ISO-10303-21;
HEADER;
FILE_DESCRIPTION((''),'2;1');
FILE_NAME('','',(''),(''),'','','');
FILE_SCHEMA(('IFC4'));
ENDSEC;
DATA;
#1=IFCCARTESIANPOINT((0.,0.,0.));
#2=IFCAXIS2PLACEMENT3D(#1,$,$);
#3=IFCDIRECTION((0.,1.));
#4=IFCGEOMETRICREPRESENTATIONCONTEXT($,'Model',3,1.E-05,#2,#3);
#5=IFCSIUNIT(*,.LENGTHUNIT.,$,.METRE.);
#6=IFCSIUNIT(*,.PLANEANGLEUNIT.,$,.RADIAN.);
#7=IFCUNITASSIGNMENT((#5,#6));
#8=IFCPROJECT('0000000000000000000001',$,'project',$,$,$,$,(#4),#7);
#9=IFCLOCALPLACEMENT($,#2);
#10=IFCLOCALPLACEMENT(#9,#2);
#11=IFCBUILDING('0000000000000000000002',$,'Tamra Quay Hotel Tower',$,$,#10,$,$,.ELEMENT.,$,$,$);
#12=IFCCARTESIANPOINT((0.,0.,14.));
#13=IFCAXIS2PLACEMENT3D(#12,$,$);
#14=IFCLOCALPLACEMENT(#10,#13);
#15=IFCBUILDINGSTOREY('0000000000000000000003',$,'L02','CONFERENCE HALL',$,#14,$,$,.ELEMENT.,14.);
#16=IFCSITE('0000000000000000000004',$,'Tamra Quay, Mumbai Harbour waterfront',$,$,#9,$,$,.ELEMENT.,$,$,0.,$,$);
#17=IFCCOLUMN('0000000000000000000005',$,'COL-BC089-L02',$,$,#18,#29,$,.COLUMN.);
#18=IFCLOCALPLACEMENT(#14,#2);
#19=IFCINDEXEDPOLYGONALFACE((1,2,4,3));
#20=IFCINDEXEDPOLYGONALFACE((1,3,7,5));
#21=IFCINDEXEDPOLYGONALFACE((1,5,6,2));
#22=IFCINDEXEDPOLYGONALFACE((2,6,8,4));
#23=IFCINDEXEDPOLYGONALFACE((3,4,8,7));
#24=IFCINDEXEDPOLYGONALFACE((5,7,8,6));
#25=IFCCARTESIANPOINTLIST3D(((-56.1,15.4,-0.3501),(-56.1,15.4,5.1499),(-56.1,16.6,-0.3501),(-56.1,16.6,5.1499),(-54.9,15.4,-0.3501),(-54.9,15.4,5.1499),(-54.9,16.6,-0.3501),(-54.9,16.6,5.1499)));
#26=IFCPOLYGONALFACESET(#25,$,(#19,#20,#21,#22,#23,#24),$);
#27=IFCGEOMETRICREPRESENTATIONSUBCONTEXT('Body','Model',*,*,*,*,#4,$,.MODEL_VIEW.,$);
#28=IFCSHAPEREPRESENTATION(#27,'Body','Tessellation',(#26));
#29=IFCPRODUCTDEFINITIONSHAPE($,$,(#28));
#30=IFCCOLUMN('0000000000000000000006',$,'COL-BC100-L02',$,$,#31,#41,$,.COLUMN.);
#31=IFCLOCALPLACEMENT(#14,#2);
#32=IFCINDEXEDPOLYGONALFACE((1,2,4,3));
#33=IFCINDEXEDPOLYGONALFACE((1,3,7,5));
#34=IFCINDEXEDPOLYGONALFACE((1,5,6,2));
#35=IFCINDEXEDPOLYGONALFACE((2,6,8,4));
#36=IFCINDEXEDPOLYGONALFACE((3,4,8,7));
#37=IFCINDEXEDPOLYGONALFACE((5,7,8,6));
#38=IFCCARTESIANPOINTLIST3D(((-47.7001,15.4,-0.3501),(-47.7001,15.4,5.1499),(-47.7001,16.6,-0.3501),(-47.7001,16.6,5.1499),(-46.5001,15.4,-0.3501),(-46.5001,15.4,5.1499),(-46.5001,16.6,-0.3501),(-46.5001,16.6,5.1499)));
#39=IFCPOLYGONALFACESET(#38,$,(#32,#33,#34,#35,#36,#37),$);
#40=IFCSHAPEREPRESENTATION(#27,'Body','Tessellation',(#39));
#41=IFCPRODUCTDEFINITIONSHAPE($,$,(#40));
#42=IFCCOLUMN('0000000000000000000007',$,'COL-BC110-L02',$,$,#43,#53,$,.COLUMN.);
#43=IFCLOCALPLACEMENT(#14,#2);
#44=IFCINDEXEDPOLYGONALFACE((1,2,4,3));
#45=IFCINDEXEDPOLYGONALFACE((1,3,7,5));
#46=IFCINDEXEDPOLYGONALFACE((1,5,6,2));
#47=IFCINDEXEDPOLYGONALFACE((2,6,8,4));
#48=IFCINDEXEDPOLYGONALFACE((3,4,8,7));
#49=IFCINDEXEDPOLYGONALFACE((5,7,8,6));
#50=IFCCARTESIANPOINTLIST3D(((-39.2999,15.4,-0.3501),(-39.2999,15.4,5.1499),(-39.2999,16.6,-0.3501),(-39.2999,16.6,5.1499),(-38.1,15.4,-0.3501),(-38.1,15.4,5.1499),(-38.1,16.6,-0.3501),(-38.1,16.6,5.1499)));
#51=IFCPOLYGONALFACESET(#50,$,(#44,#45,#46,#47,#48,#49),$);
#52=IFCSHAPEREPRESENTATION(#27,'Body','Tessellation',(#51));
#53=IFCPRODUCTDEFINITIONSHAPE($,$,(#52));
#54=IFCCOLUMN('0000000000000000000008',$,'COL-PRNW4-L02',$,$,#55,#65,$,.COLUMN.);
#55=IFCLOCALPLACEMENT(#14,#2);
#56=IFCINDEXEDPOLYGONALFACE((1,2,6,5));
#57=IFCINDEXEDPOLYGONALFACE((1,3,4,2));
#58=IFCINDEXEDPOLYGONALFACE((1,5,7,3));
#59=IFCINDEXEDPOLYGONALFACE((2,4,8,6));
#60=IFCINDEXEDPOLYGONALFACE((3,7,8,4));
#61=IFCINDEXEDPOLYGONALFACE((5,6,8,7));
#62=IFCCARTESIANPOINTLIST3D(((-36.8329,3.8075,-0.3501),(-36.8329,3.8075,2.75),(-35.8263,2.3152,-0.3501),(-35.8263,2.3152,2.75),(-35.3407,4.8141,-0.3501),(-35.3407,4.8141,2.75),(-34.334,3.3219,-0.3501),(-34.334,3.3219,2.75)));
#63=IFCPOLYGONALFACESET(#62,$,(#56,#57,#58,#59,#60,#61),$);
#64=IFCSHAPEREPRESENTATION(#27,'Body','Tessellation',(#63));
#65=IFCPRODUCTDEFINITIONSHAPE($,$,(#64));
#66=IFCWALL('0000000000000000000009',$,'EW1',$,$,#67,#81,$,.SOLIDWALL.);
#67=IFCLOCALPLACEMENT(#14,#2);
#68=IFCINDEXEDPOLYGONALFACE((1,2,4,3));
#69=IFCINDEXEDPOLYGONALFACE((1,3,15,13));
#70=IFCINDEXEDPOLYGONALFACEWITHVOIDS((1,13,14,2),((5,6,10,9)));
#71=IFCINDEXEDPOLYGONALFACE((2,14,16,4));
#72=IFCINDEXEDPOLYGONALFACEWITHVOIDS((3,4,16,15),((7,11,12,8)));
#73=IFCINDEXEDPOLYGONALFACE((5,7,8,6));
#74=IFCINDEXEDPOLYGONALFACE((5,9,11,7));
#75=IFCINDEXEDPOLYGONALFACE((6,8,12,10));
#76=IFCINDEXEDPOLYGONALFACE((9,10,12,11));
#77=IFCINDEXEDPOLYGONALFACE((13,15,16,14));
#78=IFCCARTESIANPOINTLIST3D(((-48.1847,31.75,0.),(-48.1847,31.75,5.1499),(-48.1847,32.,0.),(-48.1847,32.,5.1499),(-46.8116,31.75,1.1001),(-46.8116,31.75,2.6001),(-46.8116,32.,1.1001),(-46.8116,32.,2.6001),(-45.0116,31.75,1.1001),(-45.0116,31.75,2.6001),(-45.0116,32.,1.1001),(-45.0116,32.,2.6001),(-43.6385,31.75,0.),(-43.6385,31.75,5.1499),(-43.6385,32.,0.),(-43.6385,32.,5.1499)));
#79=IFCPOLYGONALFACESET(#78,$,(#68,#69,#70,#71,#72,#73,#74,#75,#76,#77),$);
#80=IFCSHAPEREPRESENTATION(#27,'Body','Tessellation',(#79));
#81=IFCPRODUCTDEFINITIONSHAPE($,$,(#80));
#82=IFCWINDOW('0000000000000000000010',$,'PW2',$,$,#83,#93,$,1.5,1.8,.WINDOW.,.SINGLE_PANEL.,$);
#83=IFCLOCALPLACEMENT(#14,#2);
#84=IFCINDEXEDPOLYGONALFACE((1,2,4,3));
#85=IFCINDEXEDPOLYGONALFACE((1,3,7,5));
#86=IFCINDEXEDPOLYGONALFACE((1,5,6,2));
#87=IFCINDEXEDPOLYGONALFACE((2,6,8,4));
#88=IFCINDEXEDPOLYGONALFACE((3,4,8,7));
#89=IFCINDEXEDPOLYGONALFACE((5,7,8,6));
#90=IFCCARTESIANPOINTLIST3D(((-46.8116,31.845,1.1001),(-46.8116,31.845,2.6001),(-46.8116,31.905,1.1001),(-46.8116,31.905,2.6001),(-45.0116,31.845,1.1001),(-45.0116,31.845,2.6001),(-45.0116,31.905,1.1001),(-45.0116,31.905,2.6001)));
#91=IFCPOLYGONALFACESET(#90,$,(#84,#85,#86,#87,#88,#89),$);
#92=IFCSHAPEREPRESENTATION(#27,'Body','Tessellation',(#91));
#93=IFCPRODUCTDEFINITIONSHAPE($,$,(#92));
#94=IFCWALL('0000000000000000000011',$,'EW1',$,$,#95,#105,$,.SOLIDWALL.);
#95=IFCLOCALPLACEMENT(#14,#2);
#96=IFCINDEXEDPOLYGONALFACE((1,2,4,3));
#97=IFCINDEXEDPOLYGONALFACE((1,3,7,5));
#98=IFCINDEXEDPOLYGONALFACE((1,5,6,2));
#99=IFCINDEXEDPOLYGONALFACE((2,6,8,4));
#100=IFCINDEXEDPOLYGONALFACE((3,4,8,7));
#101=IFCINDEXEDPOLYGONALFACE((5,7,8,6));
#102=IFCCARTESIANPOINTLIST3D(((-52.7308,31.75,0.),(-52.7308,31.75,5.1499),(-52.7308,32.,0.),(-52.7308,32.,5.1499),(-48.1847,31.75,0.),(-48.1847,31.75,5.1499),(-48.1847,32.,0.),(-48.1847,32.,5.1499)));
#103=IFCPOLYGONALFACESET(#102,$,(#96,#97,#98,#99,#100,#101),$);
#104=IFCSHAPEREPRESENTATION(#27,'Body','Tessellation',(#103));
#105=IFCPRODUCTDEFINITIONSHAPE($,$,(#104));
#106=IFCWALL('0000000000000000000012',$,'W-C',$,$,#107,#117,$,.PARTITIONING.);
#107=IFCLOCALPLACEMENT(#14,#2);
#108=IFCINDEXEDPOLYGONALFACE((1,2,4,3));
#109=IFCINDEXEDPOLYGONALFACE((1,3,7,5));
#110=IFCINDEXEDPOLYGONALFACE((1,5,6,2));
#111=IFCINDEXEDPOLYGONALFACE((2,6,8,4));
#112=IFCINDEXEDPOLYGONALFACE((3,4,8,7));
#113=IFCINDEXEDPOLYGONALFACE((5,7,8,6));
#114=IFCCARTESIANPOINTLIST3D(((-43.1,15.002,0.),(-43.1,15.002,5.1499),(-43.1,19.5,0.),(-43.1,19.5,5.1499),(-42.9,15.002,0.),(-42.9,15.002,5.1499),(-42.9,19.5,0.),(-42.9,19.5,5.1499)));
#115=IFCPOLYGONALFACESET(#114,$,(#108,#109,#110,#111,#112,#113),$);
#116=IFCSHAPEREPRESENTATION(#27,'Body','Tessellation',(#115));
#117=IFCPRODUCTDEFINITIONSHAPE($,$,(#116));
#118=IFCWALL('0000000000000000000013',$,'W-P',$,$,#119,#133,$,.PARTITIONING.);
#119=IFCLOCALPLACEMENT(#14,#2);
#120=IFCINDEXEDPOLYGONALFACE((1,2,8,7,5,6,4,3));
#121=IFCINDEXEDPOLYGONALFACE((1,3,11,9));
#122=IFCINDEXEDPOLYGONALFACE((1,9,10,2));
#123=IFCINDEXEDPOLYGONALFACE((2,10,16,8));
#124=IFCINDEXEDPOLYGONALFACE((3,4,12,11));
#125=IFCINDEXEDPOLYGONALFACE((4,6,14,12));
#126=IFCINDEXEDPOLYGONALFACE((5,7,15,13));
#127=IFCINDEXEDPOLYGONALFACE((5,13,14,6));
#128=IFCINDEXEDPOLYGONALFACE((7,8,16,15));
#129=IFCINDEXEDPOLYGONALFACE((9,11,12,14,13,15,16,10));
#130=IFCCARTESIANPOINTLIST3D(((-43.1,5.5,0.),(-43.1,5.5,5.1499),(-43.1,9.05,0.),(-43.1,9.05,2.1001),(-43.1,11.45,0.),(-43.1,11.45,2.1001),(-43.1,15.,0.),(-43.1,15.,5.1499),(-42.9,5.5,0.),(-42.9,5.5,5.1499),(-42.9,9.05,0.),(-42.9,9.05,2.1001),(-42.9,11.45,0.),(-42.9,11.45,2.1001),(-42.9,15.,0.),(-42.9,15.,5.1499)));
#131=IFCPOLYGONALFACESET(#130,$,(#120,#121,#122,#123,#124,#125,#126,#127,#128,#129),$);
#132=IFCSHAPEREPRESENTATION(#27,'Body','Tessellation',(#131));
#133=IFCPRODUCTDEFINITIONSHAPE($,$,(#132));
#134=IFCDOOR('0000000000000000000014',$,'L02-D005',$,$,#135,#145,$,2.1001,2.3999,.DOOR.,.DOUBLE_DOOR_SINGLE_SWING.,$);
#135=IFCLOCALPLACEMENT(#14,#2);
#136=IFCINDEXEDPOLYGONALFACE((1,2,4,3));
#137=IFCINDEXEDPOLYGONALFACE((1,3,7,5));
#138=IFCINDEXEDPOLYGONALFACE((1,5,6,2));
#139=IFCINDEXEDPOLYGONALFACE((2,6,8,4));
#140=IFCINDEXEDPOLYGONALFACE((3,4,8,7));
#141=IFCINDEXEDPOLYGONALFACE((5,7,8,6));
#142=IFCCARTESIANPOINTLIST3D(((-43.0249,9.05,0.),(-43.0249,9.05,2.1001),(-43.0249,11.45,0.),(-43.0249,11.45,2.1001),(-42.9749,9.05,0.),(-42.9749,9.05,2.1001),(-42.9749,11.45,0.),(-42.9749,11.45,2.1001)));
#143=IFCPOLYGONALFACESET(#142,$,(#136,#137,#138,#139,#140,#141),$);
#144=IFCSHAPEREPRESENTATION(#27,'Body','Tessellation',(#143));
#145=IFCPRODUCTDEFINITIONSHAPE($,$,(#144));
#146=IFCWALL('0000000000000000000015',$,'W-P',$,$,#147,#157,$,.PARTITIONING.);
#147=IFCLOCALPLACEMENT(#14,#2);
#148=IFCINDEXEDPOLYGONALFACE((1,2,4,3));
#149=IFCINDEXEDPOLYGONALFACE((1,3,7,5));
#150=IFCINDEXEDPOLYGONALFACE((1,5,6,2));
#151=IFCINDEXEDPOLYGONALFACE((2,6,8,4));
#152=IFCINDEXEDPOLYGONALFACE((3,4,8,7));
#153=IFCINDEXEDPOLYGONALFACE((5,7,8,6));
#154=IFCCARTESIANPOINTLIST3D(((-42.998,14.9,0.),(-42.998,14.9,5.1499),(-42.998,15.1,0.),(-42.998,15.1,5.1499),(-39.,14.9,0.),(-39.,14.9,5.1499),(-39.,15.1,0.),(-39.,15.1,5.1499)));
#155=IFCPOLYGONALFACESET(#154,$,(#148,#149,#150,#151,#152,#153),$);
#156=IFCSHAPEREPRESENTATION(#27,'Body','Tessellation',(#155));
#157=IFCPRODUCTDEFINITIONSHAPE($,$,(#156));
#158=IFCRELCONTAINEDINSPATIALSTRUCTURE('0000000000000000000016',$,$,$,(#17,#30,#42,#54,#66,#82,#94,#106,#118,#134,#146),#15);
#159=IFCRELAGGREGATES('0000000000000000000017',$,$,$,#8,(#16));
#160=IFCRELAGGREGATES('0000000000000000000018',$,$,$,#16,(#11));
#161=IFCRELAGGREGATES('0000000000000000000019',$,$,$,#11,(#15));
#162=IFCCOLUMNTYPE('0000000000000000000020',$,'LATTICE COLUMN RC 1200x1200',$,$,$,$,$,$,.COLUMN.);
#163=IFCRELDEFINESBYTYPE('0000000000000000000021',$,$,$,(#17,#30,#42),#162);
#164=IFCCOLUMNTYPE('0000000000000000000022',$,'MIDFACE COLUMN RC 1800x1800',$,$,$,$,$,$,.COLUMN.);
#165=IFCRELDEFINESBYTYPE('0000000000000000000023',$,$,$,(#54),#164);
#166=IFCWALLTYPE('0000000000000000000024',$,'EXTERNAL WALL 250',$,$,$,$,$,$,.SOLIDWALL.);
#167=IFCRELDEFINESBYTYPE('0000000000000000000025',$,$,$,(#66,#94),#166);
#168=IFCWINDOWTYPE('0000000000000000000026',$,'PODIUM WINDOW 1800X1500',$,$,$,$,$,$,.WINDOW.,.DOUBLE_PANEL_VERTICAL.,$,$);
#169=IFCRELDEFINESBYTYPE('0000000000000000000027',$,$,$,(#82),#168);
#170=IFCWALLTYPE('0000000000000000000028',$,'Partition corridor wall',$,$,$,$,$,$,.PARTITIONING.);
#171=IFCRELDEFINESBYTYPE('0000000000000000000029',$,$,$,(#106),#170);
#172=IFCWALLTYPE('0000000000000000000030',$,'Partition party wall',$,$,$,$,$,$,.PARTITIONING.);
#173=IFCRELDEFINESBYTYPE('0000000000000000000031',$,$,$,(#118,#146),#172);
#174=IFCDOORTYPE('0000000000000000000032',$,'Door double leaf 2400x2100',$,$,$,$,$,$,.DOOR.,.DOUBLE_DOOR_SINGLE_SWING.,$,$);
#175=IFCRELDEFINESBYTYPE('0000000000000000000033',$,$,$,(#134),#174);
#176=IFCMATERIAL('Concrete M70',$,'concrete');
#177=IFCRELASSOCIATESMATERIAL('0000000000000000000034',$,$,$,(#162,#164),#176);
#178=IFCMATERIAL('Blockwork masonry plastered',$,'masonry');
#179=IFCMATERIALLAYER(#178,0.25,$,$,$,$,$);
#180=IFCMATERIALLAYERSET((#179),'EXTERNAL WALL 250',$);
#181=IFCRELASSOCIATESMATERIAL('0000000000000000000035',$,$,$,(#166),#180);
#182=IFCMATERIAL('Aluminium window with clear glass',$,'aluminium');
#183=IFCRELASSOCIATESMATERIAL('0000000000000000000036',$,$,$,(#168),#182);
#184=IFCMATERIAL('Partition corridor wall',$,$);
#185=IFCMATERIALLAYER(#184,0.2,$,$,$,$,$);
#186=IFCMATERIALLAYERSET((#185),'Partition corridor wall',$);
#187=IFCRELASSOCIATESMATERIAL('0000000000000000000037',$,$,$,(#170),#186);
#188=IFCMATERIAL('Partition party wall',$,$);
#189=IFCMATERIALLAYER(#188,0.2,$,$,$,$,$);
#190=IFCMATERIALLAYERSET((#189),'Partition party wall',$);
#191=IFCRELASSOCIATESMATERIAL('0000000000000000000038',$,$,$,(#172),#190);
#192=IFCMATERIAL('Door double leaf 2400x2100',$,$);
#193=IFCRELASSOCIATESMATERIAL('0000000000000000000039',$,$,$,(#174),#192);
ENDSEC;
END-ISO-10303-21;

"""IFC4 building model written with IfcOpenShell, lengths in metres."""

from ifc_helpers import new_model, si_unit, direction, frame, frame_2d, origin, origin_2d, place, context, subcontext, project, spatial, rectangle, extrude, material, layer, layer_set, material_profile, profile_set, type_object, element, fill, save


model = new_model("IFC4")

# Units and contexts
model_context = context("Model", 3, precision=1e-05, world=origin(), true_north=direction((0.0, 1.0)))
body_context = subcontext(model_context, "Body", "Model", "MODEL_VIEW")
ifc_project = project(units=[si_unit("LENGTHUNIT", "METRE"), si_unit("PLANEANGLEUNIT", "RADIAN")], contexts=[model_context])

# Site, building, storey
site_placement = place(None, origin())
site = spatial("IfcSite", under=ifc_project, at=site_placement, Name="Tamra Quay, Mumbai Harbour waterfront", CompositionType="ELEMENT", RefElevation=0.0)
building_placement = place(site_placement, origin())
building = spatial("IfcBuilding", under=site, at=building_placement, Name="Tamra Quay Hotel Tower", CompositionType="ELEMENT")
storey_placement = place(building_placement, frame((0.0, 0.0, 14.0)))
storey = spatial("IfcBuildingStorey", under=building, at=storey_placement, Name="L02", Description="CONFERENCE HALL", CompositionType="ELEMENT", Elevation=14.0)

# Columns
ifc_material_1 = material(Name="Concrete M70", Category="concrete")
ifc_material_profile_1 = material_profile(ifc_material_1, rectangle(XDim=1.2, YDim=1.2, at=origin_2d()), Name="LATTICE COLUMN RC 1200x1200")
ifc_profile_set_1 = profile_set([ifc_material_profile_1], Name="Concrete M70")
column_type_1 = type_object("IfcColumnType", Name="LATTICE COLUMN RC 1200x1200", PredefinedType="COLUMN", material=ifc_profile_set_1)
for number, where, z_axis, x_axis, name in (
    (1, (-55.5, 16.0, -0.3501), (0.0, 0.0, 1.0), (1.0, 0.0, 0.0), "COL-BC089-L02"),
    (2, (-47.1001, 16.0, -0.3501), (0.0, 0.0, 1.0), (1.0, 0.0, 0.0), "COL-BC100-L02"),
    (3, (-38.7, 16.0, -0.3501), (0.0, 0.0, 1.0), (1.0, 0.0, 0.0), "COL-BC110-L02"),
):
    element("IfcColumn", number, at=place(storey_placement, frame(where, z_axis=z_axis, x_axis=x_axis)), inside=storey, type_object=column_type_1, Name=name, PredefinedType="COLUMN", context=body_context, shape_type="SweptSolid", body=[
        extrude(rectangle(XDim=1.2, YDim=1.2, at=origin_2d()), origin(), (0.0, 0.0, 1.0), 5.5),
    ])
ifc_material_profile_2 = material_profile(ifc_material_1, rectangle(XDim=1.8, YDim=1.8, at=origin_2d()), Name="MIDFACE COLUMN RC 1800x1800")
ifc_profile_set_2 = profile_set([ifc_material_profile_2], Name="Concrete M70")
column_type_2 = type_object("IfcColumnType", Name="MIDFACE COLUMN RC 1800x1800", PredefinedType="COLUMN", material=ifc_profile_set_2)
column_placement = place(storey_placement, frame((-35.5835, 3.5647, -0.3501), z_axis=(0.0, 0.0, 1.0), x_axis=(-0.55922, 0.829019, 0.0)))
element("IfcColumn", 4, at=column_placement, inside=storey, type_object=column_type_2, Name="COL-PRNW4-L02", PredefinedType="COLUMN", context=body_context, shape_type="SweptSolid", body=[
    extrude(rectangle(XDim=1.8, YDim=1.8, at=origin_2d()), origin(), (0.0, 0.0, 1.0), 3.1001),
])

# Wall, opening, window
ifc_material_2 = material(Name="Blockwork masonry plastered", Category="masonry")
ifc_layer_1 = layer(ifc_material_2, 0.25)
ifc_layer_set_1 = layer_set([ifc_layer_1], Name="EXTERNAL WALL 250")
wall_type_1 = type_object("IfcWallType", Name="EXTERNAL WALL 250", PredefinedType="SOLIDWALL", material=ifc_layer_set_1)
wall_1_placement = place(storey_placement, frame((-48.1846, 31.875, 0.0), z_axis=(0.0, 0.0, 1.0), x_axis=(1.0, 0.0, 0.0)))
wall_1 = element("IfcWall", 5, at=wall_1_placement, inside=storey, type_object=wall_type_1, Name="EW1", PredefinedType="SOLIDWALL", context=body_context, shape_type="SweptSolid", body=[
    extrude(rectangle(XDim=4.5461, YDim=0.25, at=frame_2d((2.2729, 0.0))), origin(), (0.0, 0.0, 1.0), 5.1499),
])
opening_1_placement = place(wall_1_placement, frame((1.373, 0.0, 1.1001)))
opening_1 = element("IfcOpeningElement", 6, at=opening_1_placement, cuts=wall_1, PredefinedType="OPENING", context=body_context, shape_type="SweptSolid", body=[
    extrude(rectangle(XDim=1.8, YDim=1.5, at=frame_2d((0.8999, 0.75))), frame((0.0, 0.135, 0.0), z_axis=(0.0, -1.0, 0.0), x_axis=(1.0, 0.0, 0.0)), (0.0, 0.0, 1.0), 0.27),
])
ifc_material_3 = material(Name="Aluminium window with clear glass", Category="aluminium")
window_type = type_object("IfcWindowType", Name="PODIUM WINDOW 1800X1500", PartitioningType="DOUBLE_PANEL_VERTICAL", PredefinedType="WINDOW", material=ifc_material_3)
window_placement = place(opening_1_placement, origin())
window = element("IfcWindow", 7, at=window_placement, inside=storey, type_object=window_type, Name="PW2", OverallHeight=1.5, OverallWidth=1.8, PartitioningType="SINGLE_PANEL", PredefinedType="WINDOW", context=body_context, shape_type="SweptSolid", body=[
    extrude(rectangle(XDim=1.8, YDim=1.5, at=frame_2d((0.8999, 0.75))), frame((0.0, 0.03, 0.0), z_axis=(0.0, -1.0, 0.0), x_axis=(1.0, 0.0, 0.0)), (0.0, 0.0, 1.0), 0.0601),
])
fill(opening_1, window)

# Walls
wall_2_placement = place(storey_placement, frame((-52.7307, 31.875, 0.0), z_axis=(0.0, 0.0, 1.0), x_axis=(1.0, 0.0, 0.0)))
element("IfcWall", 8, at=wall_2_placement, inside=storey, type_object=wall_type_1, Name="EW1", PredefinedType="SOLIDWALL", context=body_context, shape_type="SweptSolid", body=[
    extrude(rectangle(XDim=4.5461, YDim=0.25, at=frame_2d((2.2729, 0.0))), origin(), (0.0, 0.0, 1.0), 5.1499),
])
ifc_material_4 = material(Name="Partition corridor wall")
ifc_layer_2 = layer(ifc_material_4, 0.2)
ifc_layer_set_2 = layer_set([ifc_layer_2], Name="Partition corridor wall")
wall_type_2 = type_object("IfcWallType", Name="Partition corridor wall", PredefinedType="PARTITIONING", material=ifc_layer_set_2)
wall_3_placement = place(storey_placement, frame((-43.0, 15.002, 0.0), z_axis=(0.0, 0.0, 1.0), x_axis=(0.0, 1.0, 0.0)))
element("IfcWall", 9, at=wall_3_placement, inside=storey, type_object=wall_type_2, Name="W-C", PredefinedType="PARTITIONING", context=body_context, shape_type="SweptSolid", body=[
    extrude(rectangle(XDim=4.498, YDim=0.2, at=frame_2d((2.249, 0.0))), origin(), (0.0, 0.0, 1.0), 5.1499),
])

# Wall, opening, door
ifc_material_5 = material(Name="Partition party wall")
ifc_layer_3 = layer(ifc_material_5, 0.2)
ifc_layer_set_3 = layer_set([ifc_layer_3], Name="Partition party wall")
wall_type_3 = type_object("IfcWallType", Name="Partition party wall", PredefinedType="PARTITIONING", material=ifc_layer_set_3)
wall_4_placement = place(storey_placement, frame((-43.0, 5.5, 0.0), z_axis=(0.0, 0.0, 1.0), x_axis=(0.0, 1.0, 0.0)))
wall_4 = element("IfcWall", 10, at=wall_4_placement, inside=storey, type_object=wall_type_3, Name="W-P", PredefinedType="PARTITIONING", context=body_context, shape_type="SweptSolid", body=[
    extrude(rectangle(XDim=9.5, YDim=0.2, at=frame_2d((4.75, 0.0))), origin(), (0.0, 0.0, 1.0), 5.1499),
])
opening_2_placement = place(wall_4_placement, frame((3.55, 0.0, 0.0)))
opening_2 = element("IfcOpeningElement", 11, at=opening_2_placement, cuts=wall_4, PredefinedType="OPENING", context=body_context, shape_type="SweptSolid", body=[
    extrude(rectangle(XDim=2.3999, YDim=2.1001, at=frame_2d((1.2, 1.05))), frame((0.0, 0.1099, 0.0), z_axis=(0.0, -1.0, 0.0), x_axis=(1.0, 0.0, 0.0)), (0.0, 0.0, 1.0), 0.22),
])
ifc_material_6 = material(Name="Door double leaf 2400x2100")
door_type_1 = type_object("IfcDoorType", Name="Door double leaf 2400x2100", OperationType="DOUBLE_DOOR_SINGLE_SWING", PredefinedType="DOOR", material=ifc_material_6)
door_1_placement = place(opening_2_placement, origin())
door_1 = element("IfcDoor", 12, at=door_1_placement, inside=storey, type_object=door_type_1, Name="L02-D005", OperationType="DOUBLE_DOOR_SINGLE_SWING", OverallHeight=2.1001, OverallWidth=2.3999, PredefinedType="DOOR", context=body_context, shape_type="SweptSolid", body=[
    extrude(rectangle(XDim=2.3999, YDim=2.1001, at=frame_2d((1.2, 1.05))), frame((0.0, 0.0249, 0.0), z_axis=(0.0, -1.0, 0.0), x_axis=(1.0, 0.0, 0.0)), (0.0, 0.0, 1.0), 0.05),
])
fill(opening_2, door_1)

# Wall
wall_5_placement = place(storey_placement, frame((-42.998, 15.0, 0.0), z_axis=(0.0, 0.0, 1.0), x_axis=(1.0, 0.0, 0.0)))
element("IfcWall", 13, at=wall_5_placement, inside=storey, type_object=wall_type_3, Name="W-P", PredefinedType="PARTITIONING", context=body_context, shape_type="SweptSolid", body=[
    extrude(rectangle(XDim=3.998, YDim=0.2, at=frame_2d((1.999, 0.0))), origin(), (0.0, 0.0, 1.0), 5.1499),
])

save(model, "model.ifc")
